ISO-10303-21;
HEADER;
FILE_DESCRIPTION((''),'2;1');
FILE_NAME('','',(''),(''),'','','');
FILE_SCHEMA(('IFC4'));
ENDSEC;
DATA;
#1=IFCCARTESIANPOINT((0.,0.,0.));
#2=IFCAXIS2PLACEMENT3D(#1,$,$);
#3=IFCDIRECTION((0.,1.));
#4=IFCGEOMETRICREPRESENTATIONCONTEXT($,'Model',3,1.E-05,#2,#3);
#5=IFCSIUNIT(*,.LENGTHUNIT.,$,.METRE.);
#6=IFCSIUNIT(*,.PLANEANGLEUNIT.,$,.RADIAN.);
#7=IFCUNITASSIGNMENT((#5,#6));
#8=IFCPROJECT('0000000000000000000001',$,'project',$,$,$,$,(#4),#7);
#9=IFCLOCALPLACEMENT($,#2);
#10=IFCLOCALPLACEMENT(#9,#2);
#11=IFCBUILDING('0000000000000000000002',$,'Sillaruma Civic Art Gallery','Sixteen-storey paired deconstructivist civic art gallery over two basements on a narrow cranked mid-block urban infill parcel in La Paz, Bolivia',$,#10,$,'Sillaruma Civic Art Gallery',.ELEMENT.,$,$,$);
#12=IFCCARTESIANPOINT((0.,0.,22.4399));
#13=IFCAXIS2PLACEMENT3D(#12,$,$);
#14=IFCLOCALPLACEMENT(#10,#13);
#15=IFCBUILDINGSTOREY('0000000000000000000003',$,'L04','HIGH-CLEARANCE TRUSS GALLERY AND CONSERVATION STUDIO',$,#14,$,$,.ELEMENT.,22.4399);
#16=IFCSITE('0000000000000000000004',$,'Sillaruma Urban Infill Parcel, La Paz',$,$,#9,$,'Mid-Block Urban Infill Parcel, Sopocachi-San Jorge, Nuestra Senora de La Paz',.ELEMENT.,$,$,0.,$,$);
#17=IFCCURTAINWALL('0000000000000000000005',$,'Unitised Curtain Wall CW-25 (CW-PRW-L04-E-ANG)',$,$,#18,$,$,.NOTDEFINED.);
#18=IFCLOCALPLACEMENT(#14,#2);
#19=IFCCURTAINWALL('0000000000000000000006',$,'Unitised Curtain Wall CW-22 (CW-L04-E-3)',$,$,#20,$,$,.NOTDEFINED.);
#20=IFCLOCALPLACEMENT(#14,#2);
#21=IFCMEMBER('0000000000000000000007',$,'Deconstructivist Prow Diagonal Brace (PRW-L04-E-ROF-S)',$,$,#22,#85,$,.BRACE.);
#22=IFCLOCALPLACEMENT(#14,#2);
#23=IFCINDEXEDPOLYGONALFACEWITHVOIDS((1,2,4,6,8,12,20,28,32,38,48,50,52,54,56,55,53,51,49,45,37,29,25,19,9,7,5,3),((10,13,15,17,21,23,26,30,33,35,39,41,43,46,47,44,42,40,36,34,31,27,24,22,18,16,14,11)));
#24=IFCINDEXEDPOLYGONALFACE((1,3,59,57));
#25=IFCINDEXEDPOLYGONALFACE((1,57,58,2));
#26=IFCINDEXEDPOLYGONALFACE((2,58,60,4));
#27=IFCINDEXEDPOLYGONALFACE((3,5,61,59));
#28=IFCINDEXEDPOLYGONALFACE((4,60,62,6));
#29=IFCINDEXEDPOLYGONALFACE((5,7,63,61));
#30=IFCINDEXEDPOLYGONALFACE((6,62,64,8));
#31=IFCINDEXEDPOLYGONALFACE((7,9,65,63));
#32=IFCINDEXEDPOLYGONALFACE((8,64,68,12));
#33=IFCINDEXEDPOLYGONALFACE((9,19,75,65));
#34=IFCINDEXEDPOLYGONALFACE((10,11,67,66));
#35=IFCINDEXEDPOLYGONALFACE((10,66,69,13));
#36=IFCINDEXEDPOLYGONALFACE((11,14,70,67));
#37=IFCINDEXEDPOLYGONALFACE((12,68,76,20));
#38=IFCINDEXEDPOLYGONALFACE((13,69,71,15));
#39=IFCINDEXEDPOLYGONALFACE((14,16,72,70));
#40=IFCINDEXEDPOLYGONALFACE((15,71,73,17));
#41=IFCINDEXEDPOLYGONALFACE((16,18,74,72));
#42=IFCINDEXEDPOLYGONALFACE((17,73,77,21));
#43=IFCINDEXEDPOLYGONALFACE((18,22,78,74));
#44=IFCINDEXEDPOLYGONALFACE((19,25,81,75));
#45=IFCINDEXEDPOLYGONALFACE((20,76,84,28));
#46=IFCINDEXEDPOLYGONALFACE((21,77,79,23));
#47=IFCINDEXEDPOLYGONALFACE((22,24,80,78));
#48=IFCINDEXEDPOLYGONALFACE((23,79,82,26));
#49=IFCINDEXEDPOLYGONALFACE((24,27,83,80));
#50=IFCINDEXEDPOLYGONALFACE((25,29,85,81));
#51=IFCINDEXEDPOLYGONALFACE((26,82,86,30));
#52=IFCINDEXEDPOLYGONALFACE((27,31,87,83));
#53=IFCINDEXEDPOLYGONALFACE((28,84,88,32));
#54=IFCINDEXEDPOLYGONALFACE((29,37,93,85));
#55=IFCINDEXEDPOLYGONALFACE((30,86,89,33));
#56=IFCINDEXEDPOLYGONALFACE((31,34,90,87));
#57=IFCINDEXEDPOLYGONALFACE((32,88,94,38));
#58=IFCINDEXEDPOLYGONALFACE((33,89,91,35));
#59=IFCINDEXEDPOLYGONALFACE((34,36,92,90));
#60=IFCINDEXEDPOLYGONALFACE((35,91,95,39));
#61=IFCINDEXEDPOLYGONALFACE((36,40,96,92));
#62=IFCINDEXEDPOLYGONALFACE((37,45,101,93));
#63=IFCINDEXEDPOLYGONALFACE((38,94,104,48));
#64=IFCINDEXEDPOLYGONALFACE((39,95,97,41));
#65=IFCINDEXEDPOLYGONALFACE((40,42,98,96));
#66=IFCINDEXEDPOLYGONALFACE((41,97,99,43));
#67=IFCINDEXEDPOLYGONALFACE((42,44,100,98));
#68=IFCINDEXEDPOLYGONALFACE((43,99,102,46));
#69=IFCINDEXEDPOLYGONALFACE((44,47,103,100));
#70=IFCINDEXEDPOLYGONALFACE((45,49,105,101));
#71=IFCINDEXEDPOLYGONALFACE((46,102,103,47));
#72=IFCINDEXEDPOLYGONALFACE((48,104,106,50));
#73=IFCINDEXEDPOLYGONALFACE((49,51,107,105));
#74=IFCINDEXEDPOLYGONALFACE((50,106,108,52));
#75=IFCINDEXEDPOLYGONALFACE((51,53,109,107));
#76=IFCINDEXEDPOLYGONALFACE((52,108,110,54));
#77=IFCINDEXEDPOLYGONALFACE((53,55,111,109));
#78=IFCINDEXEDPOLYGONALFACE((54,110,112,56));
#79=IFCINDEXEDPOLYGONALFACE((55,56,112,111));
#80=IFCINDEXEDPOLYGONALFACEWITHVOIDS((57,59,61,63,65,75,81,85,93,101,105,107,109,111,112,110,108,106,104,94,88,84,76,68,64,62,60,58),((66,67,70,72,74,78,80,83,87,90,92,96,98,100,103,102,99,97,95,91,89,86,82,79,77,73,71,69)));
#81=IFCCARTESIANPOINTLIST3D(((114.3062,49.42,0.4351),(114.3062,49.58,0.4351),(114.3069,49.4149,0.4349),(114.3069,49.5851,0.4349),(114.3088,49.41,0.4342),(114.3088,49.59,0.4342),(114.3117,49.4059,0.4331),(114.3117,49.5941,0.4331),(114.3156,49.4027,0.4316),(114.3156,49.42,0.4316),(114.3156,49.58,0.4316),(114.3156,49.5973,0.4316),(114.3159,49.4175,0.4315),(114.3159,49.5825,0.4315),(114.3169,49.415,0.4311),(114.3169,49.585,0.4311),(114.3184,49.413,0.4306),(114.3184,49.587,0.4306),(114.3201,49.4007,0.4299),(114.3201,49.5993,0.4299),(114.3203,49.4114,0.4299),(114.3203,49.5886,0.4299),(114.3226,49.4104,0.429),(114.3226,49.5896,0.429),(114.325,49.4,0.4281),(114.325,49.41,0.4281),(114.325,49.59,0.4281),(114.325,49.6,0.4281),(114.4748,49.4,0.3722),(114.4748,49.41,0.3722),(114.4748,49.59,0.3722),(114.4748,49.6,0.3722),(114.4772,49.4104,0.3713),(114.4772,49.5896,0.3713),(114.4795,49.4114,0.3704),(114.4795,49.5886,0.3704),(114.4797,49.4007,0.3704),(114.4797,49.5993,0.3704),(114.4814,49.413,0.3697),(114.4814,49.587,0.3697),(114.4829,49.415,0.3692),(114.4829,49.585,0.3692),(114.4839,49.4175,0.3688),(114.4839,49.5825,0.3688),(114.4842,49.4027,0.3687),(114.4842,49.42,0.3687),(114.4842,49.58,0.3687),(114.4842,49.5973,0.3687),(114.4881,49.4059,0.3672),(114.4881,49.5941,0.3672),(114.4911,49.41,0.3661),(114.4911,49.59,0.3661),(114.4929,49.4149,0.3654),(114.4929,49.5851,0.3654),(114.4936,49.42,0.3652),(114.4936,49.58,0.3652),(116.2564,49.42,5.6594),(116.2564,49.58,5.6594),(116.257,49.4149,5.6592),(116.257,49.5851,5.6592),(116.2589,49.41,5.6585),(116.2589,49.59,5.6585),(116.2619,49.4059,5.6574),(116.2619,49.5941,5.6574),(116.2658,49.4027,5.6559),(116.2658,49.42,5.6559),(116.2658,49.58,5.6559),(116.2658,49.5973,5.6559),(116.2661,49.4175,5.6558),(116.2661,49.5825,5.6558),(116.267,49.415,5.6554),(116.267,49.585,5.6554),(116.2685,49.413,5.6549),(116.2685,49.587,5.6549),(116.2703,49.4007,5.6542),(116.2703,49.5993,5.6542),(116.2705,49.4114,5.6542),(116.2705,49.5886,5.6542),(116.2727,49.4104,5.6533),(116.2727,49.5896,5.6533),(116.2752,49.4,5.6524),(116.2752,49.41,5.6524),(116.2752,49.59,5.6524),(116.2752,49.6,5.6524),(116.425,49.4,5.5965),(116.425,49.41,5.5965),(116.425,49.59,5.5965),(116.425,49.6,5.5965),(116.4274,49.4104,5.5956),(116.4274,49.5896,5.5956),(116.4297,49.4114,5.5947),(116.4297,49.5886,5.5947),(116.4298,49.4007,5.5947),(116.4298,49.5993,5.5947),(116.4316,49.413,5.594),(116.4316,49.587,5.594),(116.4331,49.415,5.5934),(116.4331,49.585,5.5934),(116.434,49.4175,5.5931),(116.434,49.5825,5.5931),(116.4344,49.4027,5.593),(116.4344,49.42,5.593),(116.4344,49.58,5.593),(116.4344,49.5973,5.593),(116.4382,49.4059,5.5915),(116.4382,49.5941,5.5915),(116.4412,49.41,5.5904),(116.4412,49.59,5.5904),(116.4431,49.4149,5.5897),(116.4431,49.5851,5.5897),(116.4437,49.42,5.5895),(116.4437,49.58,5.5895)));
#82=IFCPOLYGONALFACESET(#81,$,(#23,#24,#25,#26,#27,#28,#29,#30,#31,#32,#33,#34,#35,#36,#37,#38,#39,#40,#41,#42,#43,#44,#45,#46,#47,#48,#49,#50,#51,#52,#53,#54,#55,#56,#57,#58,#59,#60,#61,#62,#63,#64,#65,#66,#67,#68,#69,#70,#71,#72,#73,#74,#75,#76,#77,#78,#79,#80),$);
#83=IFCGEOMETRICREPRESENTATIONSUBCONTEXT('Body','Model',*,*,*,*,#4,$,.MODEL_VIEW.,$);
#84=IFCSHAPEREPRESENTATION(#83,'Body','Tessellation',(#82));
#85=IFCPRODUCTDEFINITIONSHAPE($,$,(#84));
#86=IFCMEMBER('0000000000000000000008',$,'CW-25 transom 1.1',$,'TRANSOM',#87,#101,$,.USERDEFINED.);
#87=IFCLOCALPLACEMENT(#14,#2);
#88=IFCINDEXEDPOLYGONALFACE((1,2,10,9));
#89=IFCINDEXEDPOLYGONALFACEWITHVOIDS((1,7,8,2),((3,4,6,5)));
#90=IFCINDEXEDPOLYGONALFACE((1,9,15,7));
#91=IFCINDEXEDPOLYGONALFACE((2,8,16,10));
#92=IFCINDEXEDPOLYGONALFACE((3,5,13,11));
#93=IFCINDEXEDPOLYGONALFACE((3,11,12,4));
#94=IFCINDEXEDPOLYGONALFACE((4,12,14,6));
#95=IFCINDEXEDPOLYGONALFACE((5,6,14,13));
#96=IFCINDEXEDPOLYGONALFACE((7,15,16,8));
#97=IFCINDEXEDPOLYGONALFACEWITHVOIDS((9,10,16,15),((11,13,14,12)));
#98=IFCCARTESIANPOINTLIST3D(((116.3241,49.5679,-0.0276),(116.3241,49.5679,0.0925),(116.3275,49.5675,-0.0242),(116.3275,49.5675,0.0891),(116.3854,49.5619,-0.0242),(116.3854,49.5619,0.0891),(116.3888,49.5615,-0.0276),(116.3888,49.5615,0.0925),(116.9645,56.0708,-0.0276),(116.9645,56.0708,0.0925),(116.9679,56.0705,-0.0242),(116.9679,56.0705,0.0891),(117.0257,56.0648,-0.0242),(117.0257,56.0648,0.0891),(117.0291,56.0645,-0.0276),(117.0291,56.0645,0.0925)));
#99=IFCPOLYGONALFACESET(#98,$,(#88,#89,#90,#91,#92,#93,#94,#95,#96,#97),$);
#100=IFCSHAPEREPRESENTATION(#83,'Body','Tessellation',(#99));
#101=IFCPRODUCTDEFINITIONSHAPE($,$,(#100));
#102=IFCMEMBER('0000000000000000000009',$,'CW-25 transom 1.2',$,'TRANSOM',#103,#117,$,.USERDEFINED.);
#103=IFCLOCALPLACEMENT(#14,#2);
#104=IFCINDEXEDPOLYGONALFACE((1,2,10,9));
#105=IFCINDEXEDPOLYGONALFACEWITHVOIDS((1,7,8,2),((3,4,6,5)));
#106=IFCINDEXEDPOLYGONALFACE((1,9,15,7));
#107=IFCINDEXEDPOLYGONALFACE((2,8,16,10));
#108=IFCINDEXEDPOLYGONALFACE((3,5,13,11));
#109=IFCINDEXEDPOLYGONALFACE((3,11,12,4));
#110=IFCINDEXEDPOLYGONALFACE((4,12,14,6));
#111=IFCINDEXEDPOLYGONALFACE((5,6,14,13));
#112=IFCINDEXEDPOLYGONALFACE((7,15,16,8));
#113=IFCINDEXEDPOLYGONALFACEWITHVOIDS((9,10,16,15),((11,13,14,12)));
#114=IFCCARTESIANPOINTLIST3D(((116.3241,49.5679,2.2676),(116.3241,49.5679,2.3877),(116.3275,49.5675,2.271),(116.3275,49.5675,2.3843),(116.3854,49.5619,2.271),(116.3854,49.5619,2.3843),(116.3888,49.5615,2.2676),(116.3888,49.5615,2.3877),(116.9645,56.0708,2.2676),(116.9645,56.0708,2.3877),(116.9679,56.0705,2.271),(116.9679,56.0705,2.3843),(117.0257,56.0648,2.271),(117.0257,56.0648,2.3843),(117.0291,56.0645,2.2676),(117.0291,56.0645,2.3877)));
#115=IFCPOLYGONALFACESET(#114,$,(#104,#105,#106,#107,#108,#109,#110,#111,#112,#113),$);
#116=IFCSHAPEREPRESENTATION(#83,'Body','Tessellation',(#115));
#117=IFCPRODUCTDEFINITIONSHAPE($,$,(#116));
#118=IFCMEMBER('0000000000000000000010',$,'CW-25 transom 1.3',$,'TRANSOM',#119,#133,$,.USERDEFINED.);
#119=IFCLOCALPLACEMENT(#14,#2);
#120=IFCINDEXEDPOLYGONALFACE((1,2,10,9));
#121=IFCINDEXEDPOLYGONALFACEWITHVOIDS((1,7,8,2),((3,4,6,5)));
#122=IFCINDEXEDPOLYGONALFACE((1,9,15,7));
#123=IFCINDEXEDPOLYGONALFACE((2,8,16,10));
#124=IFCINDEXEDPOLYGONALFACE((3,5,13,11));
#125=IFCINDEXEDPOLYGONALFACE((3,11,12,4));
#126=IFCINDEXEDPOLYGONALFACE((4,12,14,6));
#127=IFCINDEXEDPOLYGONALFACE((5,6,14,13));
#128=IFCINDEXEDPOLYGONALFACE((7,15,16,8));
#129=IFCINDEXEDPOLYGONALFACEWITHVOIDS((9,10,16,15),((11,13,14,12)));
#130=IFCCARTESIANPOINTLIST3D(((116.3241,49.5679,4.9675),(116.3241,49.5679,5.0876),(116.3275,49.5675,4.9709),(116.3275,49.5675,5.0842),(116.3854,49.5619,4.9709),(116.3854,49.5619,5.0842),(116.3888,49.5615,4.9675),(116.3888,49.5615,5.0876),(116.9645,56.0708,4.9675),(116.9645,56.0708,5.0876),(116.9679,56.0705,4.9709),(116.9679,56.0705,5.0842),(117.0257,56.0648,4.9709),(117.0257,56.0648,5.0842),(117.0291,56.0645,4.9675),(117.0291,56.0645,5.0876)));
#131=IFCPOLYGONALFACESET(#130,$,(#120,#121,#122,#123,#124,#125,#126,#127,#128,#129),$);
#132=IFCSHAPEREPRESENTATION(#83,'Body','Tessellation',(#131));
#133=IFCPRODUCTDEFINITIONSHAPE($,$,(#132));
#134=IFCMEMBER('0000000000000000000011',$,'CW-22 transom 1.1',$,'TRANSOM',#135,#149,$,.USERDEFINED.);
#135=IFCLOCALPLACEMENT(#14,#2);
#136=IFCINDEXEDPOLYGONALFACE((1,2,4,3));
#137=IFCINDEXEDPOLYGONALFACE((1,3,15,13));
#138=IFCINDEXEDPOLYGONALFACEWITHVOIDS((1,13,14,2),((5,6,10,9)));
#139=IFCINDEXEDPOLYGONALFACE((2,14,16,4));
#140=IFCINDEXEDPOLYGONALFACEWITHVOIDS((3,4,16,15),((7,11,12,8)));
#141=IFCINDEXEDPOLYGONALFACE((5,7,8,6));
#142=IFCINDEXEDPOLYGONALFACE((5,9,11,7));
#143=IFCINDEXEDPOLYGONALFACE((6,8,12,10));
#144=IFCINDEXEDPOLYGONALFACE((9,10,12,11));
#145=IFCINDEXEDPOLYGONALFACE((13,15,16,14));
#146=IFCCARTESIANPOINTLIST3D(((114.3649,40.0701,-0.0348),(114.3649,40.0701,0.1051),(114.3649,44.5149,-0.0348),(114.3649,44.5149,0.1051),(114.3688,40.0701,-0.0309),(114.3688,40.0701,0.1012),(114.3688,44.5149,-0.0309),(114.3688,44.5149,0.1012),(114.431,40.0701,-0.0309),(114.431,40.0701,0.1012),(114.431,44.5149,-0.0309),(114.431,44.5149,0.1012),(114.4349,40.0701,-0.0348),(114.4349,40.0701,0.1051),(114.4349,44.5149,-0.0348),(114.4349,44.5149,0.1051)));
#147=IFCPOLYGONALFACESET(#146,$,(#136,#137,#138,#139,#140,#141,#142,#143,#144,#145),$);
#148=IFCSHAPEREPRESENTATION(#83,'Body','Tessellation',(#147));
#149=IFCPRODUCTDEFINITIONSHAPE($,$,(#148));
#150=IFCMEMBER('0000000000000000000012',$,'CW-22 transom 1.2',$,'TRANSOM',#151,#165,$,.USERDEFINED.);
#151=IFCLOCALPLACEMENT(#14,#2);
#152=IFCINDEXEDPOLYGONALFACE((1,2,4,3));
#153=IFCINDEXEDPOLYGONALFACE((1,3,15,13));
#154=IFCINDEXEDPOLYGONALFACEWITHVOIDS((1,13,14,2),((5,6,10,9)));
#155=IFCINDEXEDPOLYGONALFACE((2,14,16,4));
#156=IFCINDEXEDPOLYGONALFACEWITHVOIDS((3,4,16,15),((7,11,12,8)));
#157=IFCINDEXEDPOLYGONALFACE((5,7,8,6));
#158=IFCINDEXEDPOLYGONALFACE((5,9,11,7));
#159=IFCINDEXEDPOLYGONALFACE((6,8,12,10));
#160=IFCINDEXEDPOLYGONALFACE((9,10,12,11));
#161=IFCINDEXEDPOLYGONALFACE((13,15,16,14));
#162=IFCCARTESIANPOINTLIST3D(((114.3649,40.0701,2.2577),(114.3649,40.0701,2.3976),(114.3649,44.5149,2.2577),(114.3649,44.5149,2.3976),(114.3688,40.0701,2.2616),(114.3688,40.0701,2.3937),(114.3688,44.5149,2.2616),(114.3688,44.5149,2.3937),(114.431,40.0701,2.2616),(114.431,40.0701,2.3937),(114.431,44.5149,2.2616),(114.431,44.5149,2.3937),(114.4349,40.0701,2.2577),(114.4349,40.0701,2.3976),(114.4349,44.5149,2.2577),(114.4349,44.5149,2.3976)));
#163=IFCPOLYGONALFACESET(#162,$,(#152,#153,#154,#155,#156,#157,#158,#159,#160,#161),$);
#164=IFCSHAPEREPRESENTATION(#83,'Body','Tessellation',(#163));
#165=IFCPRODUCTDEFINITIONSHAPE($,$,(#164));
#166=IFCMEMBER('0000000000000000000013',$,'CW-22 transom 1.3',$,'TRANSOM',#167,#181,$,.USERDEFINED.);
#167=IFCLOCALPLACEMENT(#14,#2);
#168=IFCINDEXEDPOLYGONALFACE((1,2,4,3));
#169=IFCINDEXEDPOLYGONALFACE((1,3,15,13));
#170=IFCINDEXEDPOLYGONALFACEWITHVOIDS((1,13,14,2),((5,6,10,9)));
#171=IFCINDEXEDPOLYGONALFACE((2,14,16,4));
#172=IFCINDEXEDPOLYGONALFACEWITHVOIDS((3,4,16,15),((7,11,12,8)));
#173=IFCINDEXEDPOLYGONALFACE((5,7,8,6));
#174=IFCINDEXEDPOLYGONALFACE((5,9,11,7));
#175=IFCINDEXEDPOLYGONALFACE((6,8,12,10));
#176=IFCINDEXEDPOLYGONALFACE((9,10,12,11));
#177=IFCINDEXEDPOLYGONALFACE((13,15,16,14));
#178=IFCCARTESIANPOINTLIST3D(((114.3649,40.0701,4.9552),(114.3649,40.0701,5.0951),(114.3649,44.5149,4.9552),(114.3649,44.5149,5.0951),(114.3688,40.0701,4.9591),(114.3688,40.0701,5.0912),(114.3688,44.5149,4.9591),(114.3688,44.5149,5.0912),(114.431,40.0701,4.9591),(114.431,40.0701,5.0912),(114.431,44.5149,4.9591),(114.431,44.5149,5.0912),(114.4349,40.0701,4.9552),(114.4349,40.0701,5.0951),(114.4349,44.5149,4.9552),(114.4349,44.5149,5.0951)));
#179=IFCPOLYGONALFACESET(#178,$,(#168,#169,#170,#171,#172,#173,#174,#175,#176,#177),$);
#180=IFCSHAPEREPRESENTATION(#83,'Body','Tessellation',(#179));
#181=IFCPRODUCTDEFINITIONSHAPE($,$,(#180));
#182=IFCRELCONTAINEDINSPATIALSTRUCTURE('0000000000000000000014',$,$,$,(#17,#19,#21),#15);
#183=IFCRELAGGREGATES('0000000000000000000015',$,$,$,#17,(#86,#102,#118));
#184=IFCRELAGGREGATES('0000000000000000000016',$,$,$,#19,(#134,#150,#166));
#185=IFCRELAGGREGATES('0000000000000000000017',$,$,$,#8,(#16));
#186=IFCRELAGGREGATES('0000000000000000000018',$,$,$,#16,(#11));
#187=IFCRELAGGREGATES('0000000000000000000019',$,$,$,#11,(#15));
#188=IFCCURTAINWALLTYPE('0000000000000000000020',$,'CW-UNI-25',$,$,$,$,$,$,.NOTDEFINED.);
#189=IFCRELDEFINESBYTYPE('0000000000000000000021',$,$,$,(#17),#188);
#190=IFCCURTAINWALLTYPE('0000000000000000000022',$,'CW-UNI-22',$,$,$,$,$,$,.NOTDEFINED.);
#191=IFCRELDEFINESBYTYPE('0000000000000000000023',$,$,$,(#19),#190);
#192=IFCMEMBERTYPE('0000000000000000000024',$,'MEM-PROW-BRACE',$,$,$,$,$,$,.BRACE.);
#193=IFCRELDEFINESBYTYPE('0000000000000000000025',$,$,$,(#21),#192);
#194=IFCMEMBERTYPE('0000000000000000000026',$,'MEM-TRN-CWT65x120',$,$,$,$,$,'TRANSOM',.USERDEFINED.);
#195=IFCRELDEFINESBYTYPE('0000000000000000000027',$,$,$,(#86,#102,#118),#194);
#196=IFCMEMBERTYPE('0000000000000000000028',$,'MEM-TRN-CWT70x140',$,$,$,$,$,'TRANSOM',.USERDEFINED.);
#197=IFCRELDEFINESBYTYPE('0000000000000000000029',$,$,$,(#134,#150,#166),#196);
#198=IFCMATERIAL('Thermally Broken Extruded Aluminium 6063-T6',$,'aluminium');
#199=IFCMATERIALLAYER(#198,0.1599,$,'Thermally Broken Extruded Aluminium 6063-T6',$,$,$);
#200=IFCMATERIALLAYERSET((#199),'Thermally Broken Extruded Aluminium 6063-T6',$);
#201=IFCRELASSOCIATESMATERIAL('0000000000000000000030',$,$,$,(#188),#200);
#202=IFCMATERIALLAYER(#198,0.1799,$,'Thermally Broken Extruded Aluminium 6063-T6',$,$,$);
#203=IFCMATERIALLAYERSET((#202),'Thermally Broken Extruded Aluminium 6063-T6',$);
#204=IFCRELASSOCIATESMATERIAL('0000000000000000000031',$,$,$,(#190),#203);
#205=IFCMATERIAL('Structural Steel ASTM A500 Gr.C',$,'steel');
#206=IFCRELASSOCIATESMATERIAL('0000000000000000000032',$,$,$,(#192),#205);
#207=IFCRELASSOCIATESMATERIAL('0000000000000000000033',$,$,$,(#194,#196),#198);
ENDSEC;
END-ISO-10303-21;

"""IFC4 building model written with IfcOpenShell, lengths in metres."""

from ifc_helpers import new_model, si_unit, direction, frame, origin, origin_2d, place, context, subcontext, project, spatial, hollow_rectangle, extrude, material, layer, layer_set, material_profile, profile_set, type_object, element, aggregate, save


model = new_model("IFC4")

# Units and contexts
model_context = context("Model", 3, precision=1e-05, world=origin(), true_north=direction((0.0, 1.0)))
body_context = subcontext(model_context, "Body", "Model", "MODEL_VIEW")
ifc_project = project(units=[si_unit("LENGTHUNIT", "METRE"), si_unit("PLANEANGLEUNIT", "RADIAN")], contexts=[model_context])

# Site, building, storey
site_placement = place(None, origin())
site = spatial("IfcSite", under=ifc_project, at=site_placement, Name="Sillaruma Urban Infill Parcel, La Paz", LongName="Mid-Block Urban Infill Parcel, Sopocachi-San Jorge, Nuestra Senora de La Paz", CompositionType="ELEMENT", RefElevation=0.0)
building_placement = place(site_placement, origin())
building = spatial("IfcBuilding", under=site, at=building_placement, Name="Sillaruma Civic Art Gallery", Description="Sixteen-storey paired deconstructivist civic art gallery over two basements on a narrow cranked mid-block urban infill parcel in La Paz, Bolivia", LongName="Sillaruma Civic Art Gallery", CompositionType="ELEMENT")
storey_placement = place(building_placement, frame((0.0, 0.0, 22.4399)))
storey = spatial("IfcBuildingStorey", under=building, at=storey_placement, Name="L04", Description="HIGH-CLEARANCE TRUSS GALLERY AND CONSERVATION STUDIO", CompositionType="ELEMENT", Elevation=22.4399)

# Shared definitions
ifc_material_1 = material(Name="Structural Steel ASTM A500 Gr.C", Category="steel")

# Curtain wall
ifc_material_2 = material(Name="Thermally Broken Extruded Aluminium 6063-T6", Category="aluminium")
ifc_layer_1 = layer(ifc_material_2, 0.1599, Name="Thermally Broken Extruded Aluminium 6063-T6")
ifc_layer_set_1 = layer_set([ifc_layer_1], Name="Thermally Broken Extruded Aluminium 6063-T6")
curtain_wall_type_1 = type_object("IfcCurtainWallType", Name="CW-UNI-25", PredefinedType="NOTDEFINED", material=ifc_layer_set_1)
curtain_wall_1_placement = place(storey_placement, origin())
curtain_wall_1 = element("IfcCurtainWall", 1, at=curtain_wall_1_placement, inside=storey, type_object=curtain_wall_type_1, Name="Unitised Curtain Wall CW-25 (CW-PRW-L04-E-ANG)", PredefinedType="NOTDEFINED")

# Curtain wall
ifc_layer_2 = layer(ifc_material_2, 0.1799, Name="Thermally Broken Extruded Aluminium 6063-T6")
ifc_layer_set_2 = layer_set([ifc_layer_2], Name="Thermally Broken Extruded Aluminium 6063-T6")
curtain_wall_type_2 = type_object("IfcCurtainWallType", Name="CW-UNI-22", PredefinedType="NOTDEFINED", material=ifc_layer_set_2)
curtain_wall_2_placement = place(storey_placement, origin())
curtain_wall_2 = element("IfcCurtainWall", 2, at=curtain_wall_2_placement, inside=storey, type_object=curtain_wall_type_2, Name="Unitised Curtain Wall CW-22 (CW-L04-E-3)", PredefinedType="NOTDEFINED")

# Members
ifc_material_profile_1 = material_profile(ifc_material_1, hollow_rectangle(XDim=0.2, YDim=0.2, WallThickness=0.01, InnerFilletRadius=0.01, OuterFilletRadius=0.02, at=origin_2d()), Name="HSS200x200x10")
ifc_profile_set_1 = profile_set([ifc_material_profile_1], Name="Structural Steel ASTM A500 Gr.C")
member_type_1 = type_object("IfcMemberType", Name="MEM-PROW-BRACE", PredefinedType="BRACE", material=ifc_profile_set_1)
member_1_placement = place(storey_placement, frame((114.3999, 49.5, 0.4001), z_axis=(0.349717, 0.0, 0.936855), x_axis=(0.0, 1.0, 0.0)))
element("IfcMember", 3, at=member_1_placement, inside=storey, type_object=member_type_1, Name="Deconstructivist Prow Diagonal Brace (PRW-L04-E-ROF-S)", PredefinedType="BRACE", context=body_context, shape_type="SweptSolid", body=[
    extrude(hollow_rectangle(XDim=0.2, YDim=0.2, WallThickness=0.01, InnerFilletRadius=0.01, OuterFilletRadius=0.02, at=origin_2d()), origin(), (0.0, 0.0, 1.0), 5.5764),
])
ifc_material_profile_2 = material_profile(ifc_material_2, hollow_rectangle(XDim=0.0649, YDim=0.1201, WallThickness=0.0034, at=origin_2d()), Name="CWT65x120")
ifc_profile_set_2 = profile_set([ifc_material_profile_2], Name="Thermally Broken Extruded Aluminium 6063-T6")
member_type_2 = type_object("IfcMemberType", Name="MEM-TRN-CWT65x120", ElementType="TRANSOM", PredefinedType="USERDEFINED", material=ifc_profile_set_2)
member_2_placement = place(storey_placement, frame((116.3564, 49.5647, 0.0325), z_axis=(0.098002, 0.995186, 0.0), x_axis=(-0.995186, 0.098002, 0.0)))
member_2 = element("IfcMember", 4, at=member_2_placement, type_object=member_type_2, Name="CW-25 transom 1.1", ObjectType="TRANSOM", PredefinedType="USERDEFINED", context=body_context, shape_type="SweptSolid", body=[
    extrude(hollow_rectangle(XDim=0.0649, YDim=0.1201, WallThickness=0.0034, at=origin_2d()), origin(), (0.0, 0.0, 1.0), 6.5344),
])
member_3_placement = place(storey_placement, frame((116.3564, 49.5647, 2.3276), z_axis=(0.098002, 0.995186, 0.0), x_axis=(-0.995186, 0.098002, 0.0)))
member_3 = element("IfcMember", 5, at=member_3_placement, type_object=member_type_2, Name="CW-25 transom 1.2", ObjectType="TRANSOM", PredefinedType="USERDEFINED", context=body_context, shape_type="SweptSolid", body=[
    extrude(hollow_rectangle(XDim=0.0649, YDim=0.1201, WallThickness=0.0034, at=origin_2d()), origin(), (0.0, 0.0, 1.0), 6.5344),
])
member_4_placement = place(storey_placement, frame((116.3564, 49.5647, 5.0276), z_axis=(0.098002, 0.995186, 0.0), x_axis=(-0.995186, 0.098002, 0.0)))
member_4 = element("IfcMember", 6, at=member_4_placement, type_object=member_type_2, Name="CW-25 transom 1.3", ObjectType="TRANSOM", PredefinedType="USERDEFINED", context=body_context, shape_type="SweptSolid", body=[
    extrude(hollow_rectangle(XDim=0.0649, YDim=0.1201, WallThickness=0.0034, at=origin_2d()), origin(), (0.0, 0.0, 1.0), 6.5344),
])
aggregate(curtain_wall_1, [member_2, member_3, member_4])
ifc_material_profile_3 = material_profile(ifc_material_2, hollow_rectangle(XDim=0.0701, YDim=0.1399, WallThickness=0.0039, at=origin_2d()), Name="CWT70x140")
ifc_profile_set_3 = profile_set([ifc_material_profile_3], Name="Thermally Broken Extruded Aluminium 6063-T6")
member_type_3 = type_object("IfcMemberType", Name="MEM-TRN-CWT70x140", ElementType="TRANSOM", PredefinedType="USERDEFINED", material=ifc_profile_set_3)
member_5_placement = place(storey_placement, frame((114.3999, 40.0701, 0.0352), z_axis=(0.0, 1.0, 0.0), x_axis=(-1.0, 0.0, 0.0)))
member_5 = element("IfcMember", 7, at=member_5_placement, type_object=member_type_3, Name="CW-22 transom 1.1", ObjectType="TRANSOM", PredefinedType="USERDEFINED", context=body_context, shape_type="SweptSolid", body=[
    extrude(hollow_rectangle(XDim=0.0701, YDim=0.1399, WallThickness=0.0039, at=origin_2d()), origin(), (0.0, 0.0, 1.0), 4.4448),
])
member_6_placement = place(storey_placement, frame((114.3999, 40.0701, 2.3276), z_axis=(0.0, 1.0, 0.0), x_axis=(-1.0, 0.0, 0.0)))
member_6 = element("IfcMember", 8, at=member_6_placement, type_object=member_type_3, Name="CW-22 transom 1.2", ObjectType="TRANSOM", PredefinedType="USERDEFINED", context=body_context, shape_type="SweptSolid", body=[
    extrude(hollow_rectangle(XDim=0.0701, YDim=0.1399, WallThickness=0.0039, at=origin_2d()), origin(), (0.0, 0.0, 1.0), 4.4448),
])
member_7_placement = place(storey_placement, frame((114.3999, 40.0701, 5.0251), z_axis=(0.0, 1.0, 0.0), x_axis=(-1.0, 0.0, 0.0)))
member_7 = element("IfcMember", 9, at=member_7_placement, type_object=member_type_3, Name="CW-22 transom 1.3", ObjectType="TRANSOM", PredefinedType="USERDEFINED", context=body_context, shape_type="SweptSolid", body=[
    extrude(hollow_rectangle(XDim=0.0701, YDim=0.1399, WallThickness=0.0039, at=origin_2d()), origin(), (0.0, 0.0, 1.0), 4.4448),
])

aggregate(curtain_wall_2, [member_5, member_6, member_7])

save(model, "model.ifc")
